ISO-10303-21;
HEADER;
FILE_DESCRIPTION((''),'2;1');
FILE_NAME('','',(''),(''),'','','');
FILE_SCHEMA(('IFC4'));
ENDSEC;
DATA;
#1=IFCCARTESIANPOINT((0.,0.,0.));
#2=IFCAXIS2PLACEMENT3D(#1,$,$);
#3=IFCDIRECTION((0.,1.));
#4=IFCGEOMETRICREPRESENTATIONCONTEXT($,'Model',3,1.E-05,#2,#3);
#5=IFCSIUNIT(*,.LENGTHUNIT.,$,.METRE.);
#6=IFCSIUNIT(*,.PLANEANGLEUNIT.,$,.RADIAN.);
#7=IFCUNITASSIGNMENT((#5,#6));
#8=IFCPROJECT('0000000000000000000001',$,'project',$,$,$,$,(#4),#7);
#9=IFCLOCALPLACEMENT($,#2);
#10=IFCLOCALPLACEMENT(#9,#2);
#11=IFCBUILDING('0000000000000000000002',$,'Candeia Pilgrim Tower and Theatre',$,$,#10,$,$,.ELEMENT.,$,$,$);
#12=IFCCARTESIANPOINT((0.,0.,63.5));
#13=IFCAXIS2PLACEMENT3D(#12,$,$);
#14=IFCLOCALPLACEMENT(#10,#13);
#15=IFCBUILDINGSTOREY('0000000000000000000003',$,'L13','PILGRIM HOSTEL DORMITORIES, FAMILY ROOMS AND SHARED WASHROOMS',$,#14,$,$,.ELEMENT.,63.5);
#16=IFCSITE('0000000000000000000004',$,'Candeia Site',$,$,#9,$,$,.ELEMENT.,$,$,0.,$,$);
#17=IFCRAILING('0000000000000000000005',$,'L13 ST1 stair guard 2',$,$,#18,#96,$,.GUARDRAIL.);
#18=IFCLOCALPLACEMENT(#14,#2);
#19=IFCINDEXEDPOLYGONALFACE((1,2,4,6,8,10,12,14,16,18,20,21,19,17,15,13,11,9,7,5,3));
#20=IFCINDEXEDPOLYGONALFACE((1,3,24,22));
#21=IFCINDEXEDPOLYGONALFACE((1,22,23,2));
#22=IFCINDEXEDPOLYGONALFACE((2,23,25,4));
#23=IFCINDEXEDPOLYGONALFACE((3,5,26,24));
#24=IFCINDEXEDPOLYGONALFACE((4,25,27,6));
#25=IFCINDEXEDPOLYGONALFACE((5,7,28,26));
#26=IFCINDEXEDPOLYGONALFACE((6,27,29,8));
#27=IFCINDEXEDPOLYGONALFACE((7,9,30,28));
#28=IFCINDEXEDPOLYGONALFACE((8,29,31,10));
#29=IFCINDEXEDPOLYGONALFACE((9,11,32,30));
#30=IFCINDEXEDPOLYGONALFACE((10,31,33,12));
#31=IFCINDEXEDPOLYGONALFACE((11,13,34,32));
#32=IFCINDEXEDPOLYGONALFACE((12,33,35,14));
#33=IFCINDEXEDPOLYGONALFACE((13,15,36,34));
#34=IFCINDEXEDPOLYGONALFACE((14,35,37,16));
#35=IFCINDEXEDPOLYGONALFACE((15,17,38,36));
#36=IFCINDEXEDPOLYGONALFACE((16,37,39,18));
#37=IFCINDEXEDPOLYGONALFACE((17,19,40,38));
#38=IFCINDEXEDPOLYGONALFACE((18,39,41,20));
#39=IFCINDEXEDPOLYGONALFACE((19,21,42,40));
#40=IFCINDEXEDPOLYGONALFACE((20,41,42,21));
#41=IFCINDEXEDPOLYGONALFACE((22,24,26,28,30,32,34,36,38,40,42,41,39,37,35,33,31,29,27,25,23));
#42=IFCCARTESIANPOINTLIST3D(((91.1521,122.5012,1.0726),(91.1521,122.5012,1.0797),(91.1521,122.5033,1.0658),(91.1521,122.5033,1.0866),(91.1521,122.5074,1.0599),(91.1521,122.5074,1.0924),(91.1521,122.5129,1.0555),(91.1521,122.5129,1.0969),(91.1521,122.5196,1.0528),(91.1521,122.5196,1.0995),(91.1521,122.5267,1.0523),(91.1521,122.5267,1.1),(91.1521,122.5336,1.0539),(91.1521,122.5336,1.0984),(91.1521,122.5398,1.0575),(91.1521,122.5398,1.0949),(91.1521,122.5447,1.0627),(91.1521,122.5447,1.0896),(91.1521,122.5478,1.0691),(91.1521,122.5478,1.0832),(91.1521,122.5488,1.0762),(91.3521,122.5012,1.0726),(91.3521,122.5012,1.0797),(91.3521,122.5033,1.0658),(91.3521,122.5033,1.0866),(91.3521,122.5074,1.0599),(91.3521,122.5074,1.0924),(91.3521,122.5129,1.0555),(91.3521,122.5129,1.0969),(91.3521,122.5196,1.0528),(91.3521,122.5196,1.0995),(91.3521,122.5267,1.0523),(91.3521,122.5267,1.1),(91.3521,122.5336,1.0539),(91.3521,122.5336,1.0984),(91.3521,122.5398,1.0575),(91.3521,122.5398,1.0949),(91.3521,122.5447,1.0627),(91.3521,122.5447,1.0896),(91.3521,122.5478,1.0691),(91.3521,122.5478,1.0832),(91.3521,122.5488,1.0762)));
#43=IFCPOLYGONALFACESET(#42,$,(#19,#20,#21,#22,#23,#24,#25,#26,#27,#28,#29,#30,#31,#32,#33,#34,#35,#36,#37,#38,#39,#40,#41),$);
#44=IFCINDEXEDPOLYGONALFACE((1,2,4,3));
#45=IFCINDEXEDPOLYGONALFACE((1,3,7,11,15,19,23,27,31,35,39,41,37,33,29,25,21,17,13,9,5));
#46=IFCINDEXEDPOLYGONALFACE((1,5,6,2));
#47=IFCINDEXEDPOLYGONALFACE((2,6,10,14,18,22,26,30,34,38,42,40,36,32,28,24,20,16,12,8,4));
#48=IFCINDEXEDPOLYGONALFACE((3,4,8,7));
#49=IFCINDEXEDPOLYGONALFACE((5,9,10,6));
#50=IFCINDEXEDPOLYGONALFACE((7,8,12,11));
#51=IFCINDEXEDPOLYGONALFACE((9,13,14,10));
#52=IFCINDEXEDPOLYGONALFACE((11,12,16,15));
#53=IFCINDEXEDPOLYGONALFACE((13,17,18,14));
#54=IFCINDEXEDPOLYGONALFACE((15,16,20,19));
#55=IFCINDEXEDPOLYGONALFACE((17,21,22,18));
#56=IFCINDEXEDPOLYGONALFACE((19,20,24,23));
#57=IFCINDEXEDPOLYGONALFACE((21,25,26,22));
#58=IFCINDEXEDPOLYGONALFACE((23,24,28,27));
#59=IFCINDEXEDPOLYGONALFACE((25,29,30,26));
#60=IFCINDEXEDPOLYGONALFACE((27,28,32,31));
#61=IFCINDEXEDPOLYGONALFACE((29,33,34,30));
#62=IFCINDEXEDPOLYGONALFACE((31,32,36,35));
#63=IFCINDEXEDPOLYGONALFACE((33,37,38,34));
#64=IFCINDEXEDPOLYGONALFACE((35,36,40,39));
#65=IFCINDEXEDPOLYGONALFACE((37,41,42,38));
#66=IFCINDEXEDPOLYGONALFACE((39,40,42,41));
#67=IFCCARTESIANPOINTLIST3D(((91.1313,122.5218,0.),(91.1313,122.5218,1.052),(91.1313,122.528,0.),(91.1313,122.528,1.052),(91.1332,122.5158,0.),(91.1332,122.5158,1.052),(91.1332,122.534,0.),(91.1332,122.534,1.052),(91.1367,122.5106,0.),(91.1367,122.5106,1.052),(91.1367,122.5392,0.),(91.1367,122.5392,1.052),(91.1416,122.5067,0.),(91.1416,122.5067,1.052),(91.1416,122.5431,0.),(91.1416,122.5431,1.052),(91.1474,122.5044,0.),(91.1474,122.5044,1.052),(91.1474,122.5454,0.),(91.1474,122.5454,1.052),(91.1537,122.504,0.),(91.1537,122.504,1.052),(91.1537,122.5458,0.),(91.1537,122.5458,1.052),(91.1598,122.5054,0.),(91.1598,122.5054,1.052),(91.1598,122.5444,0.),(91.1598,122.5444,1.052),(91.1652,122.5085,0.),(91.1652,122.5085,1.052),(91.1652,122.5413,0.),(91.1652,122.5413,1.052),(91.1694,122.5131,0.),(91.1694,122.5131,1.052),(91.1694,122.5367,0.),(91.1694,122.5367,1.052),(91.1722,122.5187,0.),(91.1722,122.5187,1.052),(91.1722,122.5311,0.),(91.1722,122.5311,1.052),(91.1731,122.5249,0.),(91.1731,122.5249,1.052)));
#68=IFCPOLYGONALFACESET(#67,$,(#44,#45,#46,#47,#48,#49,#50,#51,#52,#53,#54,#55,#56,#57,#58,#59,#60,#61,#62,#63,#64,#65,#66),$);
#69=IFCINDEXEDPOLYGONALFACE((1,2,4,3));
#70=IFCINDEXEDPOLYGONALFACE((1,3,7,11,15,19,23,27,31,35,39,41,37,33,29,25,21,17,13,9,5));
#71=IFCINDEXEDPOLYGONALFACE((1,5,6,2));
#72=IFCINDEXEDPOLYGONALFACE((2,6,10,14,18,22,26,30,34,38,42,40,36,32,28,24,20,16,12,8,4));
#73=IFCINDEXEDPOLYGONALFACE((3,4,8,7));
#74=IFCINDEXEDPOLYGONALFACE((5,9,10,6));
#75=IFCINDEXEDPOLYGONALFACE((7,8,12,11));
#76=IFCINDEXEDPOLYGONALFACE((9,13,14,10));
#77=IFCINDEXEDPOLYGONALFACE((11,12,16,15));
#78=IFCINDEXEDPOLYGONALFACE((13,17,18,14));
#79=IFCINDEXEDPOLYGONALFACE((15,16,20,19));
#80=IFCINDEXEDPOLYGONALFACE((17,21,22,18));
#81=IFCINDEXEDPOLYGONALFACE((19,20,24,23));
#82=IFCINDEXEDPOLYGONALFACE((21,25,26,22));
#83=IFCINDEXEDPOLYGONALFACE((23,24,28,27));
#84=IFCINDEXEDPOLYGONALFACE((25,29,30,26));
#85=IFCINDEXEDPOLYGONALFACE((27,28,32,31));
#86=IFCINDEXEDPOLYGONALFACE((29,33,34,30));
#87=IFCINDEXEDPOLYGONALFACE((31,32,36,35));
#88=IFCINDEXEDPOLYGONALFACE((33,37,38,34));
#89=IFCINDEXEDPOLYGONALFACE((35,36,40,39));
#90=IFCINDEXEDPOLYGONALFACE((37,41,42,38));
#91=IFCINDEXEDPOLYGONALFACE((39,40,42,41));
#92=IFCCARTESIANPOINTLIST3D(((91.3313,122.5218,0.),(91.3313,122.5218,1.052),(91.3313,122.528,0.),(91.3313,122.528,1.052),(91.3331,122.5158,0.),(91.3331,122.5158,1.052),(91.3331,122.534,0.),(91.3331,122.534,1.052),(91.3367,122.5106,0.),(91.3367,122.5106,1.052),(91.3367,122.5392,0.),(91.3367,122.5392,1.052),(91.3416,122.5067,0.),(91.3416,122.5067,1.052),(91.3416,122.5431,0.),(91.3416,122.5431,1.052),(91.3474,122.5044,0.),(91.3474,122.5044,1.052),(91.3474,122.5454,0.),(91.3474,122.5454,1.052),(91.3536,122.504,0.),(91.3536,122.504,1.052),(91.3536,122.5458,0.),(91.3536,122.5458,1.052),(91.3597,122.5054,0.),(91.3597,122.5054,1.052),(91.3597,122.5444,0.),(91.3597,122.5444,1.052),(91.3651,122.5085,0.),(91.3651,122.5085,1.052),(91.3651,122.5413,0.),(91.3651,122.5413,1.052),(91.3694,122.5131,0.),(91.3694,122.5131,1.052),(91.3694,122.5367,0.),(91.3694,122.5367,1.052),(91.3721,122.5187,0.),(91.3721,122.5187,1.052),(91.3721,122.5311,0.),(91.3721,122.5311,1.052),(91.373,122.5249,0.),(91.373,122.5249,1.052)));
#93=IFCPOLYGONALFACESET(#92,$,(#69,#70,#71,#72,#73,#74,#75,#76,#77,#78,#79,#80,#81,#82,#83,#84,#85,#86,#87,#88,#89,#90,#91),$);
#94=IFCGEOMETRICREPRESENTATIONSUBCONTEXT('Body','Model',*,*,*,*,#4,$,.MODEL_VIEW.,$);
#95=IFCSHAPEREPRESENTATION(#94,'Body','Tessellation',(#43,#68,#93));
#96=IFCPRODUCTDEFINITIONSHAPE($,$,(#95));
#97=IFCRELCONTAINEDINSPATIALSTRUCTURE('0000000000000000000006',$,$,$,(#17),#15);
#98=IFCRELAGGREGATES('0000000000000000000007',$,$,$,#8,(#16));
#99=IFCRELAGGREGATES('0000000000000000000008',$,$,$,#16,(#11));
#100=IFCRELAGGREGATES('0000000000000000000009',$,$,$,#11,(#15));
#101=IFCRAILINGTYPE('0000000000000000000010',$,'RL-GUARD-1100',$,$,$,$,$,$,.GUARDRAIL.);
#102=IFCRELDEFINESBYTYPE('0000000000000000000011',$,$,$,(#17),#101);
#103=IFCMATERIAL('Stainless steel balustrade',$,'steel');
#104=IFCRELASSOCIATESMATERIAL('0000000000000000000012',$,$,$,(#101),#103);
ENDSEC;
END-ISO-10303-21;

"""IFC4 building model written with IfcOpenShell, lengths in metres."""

from ifc_helpers import new_model, si_unit, direction, frame, origin, origin_2d, place, context, subcontext, project, spatial, circle, extrude, material, type_object, element, save


model = new_model("IFC4")

# Units and contexts
model_context = context("Model", 3, precision=1e-05, world=origin(), true_north=direction((0.0, 1.0)))
body_context = subcontext(model_context, "Body", "Model", "MODEL_VIEW")
ifc_project = project(units=[si_unit("LENGTHUNIT", "METRE"), si_unit("PLANEANGLEUNIT", "RADIAN")], contexts=[model_context])

# Site, building, storey
site_placement = place(None, origin())
site = spatial("IfcSite", under=ifc_project, at=site_placement, Name="Candeia Site", CompositionType="ELEMENT", RefElevation=0.0)
building_placement = place(site_placement, origin())
building = spatial("IfcBuilding", under=site, at=building_placement, Name="Candeia Pilgrim Tower and Theatre", CompositionType="ELEMENT")
storey_placement = place(building_placement, frame((0.0, 0.0, 63.5)))
storey = spatial("IfcBuildingStorey", under=building, at=storey_placement, Name="L13", Description="PILGRIM HOSTEL DORMITORIES, FAMILY ROOMS AND SHARED WASHROOMS", CompositionType="ELEMENT", Elevation=63.5)

# Railing
ifc_material_1 = material(Name="Stainless steel balustrade", Category="steel")
railing_type_1 = type_object("IfcRailingType", Name="RL-GUARD-1100", PredefinedType="GUARDRAIL", material=ifc_material_1)
railing_1_placement = place(storey_placement, frame((91.1521, 122.5249, 0.0)))
element("IfcRailing", 1, at=railing_1_placement, inside=storey, type_object=railing_type_1, Name="L13 ST1 stair guard 2", PredefinedType="GUARDRAIL", context=body_context, shape_type="SweptSolid", body=[
    extrude(circle(Radius=0.0239, at=origin_2d()), frame((0.0, 0.0, 1.0762), z_axis=(1.0, 0.0, 0.0), x_axis=(0.0, 1.0, 0.0)), (0.0, 0.0, 1.0), 0.2),
    extrude(circle(Radius=0.021, at=origin_2d()), origin(), (0.0, 0.0, 1.0), 1.052),
    extrude(circle(Radius=0.021, at=origin_2d()), frame((0.2, 0.0, 0.0)), (0.0, 0.0, 1.0), 1.052),
])

save(model, "model.ifc")
